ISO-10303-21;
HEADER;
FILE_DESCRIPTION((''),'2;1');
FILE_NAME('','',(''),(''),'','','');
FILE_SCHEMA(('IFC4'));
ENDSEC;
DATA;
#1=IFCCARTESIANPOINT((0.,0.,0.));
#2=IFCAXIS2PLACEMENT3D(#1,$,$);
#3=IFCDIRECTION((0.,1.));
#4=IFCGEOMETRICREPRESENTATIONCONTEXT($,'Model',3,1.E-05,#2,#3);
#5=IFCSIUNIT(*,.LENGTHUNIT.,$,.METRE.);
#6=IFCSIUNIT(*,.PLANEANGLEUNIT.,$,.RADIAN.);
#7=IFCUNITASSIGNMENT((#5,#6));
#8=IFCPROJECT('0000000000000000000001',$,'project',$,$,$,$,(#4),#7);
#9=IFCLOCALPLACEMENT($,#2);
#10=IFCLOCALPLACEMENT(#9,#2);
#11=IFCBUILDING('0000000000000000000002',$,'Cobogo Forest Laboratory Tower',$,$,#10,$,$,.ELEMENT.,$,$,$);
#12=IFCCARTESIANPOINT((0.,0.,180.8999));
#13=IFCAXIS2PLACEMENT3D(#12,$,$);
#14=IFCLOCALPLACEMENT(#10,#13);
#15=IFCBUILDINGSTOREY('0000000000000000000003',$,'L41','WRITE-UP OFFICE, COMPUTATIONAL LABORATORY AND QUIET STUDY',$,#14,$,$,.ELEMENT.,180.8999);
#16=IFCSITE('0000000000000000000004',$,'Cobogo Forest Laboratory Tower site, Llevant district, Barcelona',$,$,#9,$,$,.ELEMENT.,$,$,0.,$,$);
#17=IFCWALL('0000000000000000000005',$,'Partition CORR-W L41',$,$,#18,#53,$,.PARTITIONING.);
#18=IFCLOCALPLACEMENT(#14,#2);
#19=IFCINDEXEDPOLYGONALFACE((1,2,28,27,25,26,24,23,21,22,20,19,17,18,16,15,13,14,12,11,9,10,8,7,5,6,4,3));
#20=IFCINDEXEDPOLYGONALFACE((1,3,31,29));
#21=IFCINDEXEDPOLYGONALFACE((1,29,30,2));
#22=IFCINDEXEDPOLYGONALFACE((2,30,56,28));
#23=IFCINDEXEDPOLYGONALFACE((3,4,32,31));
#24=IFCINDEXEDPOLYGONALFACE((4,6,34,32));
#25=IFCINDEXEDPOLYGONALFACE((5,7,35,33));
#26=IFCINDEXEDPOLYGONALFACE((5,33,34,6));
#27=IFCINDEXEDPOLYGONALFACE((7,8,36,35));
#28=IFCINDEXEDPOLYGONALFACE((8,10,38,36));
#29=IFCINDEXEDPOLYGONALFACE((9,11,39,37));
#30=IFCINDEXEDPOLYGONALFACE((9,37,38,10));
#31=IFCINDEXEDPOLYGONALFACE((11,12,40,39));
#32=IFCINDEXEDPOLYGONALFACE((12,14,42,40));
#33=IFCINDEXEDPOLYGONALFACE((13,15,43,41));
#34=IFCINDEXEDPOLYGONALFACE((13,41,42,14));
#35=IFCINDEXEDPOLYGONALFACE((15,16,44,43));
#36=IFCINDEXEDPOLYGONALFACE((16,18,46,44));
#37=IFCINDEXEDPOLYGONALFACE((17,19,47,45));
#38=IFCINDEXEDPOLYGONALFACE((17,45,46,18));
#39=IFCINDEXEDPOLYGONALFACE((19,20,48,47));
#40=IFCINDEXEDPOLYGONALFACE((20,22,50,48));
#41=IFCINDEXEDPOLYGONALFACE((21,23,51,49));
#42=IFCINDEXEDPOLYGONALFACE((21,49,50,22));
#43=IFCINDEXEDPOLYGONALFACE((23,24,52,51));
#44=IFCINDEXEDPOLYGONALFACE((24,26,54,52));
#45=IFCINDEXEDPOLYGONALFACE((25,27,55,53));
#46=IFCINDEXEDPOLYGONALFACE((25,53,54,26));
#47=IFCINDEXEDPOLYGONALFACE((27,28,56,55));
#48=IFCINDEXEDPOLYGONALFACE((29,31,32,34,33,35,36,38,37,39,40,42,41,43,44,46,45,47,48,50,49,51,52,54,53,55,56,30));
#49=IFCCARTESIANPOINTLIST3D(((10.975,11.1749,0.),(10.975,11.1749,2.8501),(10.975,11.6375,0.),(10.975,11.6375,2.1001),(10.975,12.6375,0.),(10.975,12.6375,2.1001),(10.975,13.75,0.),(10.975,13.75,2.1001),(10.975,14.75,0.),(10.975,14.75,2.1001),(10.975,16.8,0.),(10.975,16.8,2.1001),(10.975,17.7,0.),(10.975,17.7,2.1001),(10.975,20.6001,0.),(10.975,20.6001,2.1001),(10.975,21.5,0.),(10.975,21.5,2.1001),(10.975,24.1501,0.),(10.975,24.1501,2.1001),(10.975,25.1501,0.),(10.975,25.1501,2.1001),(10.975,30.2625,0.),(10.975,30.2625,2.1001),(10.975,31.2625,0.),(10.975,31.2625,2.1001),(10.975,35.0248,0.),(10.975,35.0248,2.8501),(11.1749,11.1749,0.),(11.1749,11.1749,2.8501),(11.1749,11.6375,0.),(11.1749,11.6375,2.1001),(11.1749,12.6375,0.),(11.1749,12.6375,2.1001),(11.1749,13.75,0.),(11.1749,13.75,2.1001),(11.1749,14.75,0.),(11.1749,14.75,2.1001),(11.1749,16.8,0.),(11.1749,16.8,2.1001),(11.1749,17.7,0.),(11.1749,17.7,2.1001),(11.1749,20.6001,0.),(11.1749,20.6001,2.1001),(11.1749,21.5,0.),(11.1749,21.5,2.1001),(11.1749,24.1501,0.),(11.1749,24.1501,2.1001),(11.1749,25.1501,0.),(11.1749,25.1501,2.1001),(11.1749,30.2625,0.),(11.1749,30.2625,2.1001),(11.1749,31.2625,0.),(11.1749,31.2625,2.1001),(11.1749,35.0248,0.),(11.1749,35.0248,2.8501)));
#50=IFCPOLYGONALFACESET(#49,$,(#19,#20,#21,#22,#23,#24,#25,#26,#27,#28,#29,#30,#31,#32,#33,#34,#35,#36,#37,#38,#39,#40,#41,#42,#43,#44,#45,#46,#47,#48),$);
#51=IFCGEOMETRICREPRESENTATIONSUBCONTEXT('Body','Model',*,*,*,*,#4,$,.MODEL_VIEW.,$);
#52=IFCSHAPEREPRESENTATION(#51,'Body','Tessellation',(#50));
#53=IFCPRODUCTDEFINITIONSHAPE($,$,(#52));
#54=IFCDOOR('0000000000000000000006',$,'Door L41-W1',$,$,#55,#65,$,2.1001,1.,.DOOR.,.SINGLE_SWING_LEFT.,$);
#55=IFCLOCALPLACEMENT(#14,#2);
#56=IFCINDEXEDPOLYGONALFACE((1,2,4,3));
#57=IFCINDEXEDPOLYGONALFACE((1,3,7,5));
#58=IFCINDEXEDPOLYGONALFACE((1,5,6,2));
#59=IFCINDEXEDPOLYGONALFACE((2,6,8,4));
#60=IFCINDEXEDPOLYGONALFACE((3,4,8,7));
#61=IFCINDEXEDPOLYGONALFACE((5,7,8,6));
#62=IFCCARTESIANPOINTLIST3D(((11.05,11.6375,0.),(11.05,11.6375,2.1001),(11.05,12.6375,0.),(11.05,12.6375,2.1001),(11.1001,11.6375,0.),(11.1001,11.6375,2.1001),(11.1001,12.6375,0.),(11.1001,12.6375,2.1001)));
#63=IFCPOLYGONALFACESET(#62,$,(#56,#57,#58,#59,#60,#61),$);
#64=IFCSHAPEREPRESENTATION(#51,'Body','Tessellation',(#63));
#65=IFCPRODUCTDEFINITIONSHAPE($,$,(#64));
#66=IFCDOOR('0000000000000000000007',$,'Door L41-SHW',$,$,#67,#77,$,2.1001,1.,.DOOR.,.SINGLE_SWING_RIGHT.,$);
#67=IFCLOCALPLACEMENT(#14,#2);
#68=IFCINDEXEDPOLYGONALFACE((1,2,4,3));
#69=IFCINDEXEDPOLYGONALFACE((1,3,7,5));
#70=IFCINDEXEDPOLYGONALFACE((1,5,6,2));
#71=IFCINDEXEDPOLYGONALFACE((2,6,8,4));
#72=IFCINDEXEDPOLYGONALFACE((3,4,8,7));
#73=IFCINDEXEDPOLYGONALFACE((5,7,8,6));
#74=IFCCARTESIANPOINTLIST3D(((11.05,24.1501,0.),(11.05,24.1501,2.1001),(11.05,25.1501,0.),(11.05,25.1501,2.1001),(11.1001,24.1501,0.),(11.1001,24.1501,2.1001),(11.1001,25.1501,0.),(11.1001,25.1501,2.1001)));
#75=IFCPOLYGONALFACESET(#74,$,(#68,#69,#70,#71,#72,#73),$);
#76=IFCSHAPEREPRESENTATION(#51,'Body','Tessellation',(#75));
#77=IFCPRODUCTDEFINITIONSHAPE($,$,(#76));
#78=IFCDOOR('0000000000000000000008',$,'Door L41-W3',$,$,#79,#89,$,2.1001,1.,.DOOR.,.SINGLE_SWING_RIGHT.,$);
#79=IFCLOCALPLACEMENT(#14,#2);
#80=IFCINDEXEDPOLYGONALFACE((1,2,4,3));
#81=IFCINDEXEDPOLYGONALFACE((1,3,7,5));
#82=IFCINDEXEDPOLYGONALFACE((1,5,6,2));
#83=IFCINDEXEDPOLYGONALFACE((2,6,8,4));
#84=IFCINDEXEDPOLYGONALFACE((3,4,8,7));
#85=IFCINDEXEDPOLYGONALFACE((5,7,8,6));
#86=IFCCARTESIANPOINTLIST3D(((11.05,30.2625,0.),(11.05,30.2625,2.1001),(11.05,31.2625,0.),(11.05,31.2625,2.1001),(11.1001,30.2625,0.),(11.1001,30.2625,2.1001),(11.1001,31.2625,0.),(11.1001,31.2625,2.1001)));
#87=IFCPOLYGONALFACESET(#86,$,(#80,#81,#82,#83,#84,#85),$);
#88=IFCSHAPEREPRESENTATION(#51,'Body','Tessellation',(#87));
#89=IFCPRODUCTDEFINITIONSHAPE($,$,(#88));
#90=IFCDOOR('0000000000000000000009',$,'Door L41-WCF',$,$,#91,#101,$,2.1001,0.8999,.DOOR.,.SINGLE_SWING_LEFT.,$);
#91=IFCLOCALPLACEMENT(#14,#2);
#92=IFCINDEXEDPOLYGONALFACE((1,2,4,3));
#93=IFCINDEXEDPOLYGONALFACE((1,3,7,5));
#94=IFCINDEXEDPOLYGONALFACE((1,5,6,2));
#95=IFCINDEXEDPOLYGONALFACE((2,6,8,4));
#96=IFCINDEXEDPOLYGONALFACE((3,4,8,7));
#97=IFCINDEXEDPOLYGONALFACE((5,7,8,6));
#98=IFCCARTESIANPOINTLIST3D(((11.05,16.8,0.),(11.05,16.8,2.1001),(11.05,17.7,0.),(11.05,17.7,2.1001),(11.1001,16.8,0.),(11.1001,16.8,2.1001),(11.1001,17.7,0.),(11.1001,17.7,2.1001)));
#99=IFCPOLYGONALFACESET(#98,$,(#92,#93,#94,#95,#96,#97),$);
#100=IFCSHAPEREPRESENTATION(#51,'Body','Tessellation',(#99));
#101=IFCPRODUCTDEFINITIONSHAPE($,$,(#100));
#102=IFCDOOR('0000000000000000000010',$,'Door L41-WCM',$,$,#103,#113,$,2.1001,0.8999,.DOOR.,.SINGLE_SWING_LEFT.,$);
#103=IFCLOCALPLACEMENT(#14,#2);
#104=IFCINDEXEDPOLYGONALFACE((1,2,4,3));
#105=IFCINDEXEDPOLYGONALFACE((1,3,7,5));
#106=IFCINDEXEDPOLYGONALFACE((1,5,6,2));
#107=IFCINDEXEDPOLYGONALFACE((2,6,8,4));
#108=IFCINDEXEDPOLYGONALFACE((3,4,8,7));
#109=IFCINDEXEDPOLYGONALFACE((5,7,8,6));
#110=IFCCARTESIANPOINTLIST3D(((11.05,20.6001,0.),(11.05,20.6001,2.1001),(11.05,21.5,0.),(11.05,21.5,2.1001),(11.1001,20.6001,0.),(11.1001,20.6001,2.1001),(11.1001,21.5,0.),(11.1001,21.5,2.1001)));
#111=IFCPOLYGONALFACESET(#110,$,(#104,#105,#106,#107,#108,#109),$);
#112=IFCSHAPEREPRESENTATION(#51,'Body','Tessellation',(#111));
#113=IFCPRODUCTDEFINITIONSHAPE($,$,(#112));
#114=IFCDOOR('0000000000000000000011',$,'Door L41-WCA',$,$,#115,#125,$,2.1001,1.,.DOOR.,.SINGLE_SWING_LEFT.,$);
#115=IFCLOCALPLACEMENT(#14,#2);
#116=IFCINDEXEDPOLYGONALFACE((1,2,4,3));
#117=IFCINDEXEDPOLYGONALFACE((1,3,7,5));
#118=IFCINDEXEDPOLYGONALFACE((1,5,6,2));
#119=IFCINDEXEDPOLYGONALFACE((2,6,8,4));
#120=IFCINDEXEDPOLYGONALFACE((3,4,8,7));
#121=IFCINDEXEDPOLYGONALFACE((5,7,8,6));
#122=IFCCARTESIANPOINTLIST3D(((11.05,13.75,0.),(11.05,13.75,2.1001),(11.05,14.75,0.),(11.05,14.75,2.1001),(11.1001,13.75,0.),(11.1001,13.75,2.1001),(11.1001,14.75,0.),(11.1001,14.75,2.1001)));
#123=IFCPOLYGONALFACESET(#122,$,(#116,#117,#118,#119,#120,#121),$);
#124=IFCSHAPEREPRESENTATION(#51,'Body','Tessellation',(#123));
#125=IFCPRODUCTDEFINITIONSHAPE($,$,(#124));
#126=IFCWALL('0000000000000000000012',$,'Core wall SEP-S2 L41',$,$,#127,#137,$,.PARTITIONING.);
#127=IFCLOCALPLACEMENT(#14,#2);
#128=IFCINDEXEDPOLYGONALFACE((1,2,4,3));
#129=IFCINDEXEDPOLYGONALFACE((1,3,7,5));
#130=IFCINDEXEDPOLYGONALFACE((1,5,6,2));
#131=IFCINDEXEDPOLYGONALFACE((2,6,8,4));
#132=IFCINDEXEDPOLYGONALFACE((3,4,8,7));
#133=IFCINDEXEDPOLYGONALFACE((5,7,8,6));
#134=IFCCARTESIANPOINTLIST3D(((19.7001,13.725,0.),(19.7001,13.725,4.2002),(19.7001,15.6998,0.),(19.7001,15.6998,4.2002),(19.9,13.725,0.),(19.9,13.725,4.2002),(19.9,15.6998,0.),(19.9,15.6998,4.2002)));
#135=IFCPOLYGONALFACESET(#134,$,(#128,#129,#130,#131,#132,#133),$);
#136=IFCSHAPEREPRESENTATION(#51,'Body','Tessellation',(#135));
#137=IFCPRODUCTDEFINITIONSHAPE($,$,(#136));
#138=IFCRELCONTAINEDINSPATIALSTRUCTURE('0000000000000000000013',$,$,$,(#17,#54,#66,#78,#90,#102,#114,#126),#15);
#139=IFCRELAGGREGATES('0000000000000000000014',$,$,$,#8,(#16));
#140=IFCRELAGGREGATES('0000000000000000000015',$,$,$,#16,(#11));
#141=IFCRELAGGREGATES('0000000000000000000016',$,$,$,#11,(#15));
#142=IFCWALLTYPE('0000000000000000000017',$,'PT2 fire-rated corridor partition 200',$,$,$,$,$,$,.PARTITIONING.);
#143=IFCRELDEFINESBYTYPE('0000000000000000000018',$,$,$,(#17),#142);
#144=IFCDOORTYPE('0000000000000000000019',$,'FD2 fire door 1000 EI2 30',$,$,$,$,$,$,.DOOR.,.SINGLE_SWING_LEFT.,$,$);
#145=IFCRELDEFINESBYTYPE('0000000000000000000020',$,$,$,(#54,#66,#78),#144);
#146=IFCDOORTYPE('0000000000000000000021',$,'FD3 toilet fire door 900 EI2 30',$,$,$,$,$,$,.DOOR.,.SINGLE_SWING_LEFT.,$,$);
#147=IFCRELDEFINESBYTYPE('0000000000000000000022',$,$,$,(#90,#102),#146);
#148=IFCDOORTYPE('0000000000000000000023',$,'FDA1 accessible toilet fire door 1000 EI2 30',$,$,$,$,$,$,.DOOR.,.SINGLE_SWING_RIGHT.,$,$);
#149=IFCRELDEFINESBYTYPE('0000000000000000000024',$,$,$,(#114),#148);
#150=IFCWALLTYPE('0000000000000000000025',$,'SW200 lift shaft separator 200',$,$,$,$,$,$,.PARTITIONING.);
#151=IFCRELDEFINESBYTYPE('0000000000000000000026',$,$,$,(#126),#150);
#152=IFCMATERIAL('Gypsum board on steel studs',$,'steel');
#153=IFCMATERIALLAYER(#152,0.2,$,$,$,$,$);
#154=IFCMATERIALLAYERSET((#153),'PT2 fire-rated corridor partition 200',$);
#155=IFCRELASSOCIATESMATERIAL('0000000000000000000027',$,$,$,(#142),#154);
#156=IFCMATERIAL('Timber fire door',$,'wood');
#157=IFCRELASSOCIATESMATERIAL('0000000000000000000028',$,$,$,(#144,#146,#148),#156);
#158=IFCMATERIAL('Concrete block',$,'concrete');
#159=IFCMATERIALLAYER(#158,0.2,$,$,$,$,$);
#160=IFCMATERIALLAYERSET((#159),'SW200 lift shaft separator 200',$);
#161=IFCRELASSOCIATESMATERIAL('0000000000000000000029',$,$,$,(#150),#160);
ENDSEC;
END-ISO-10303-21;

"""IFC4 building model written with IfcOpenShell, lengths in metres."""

from ifc_helpers import new_model, si_unit, direction, frame, frame_2d, origin, place, context, subcontext, project, spatial, rectangle, extrude, material, layer, layer_set, type_object, element, fill, save


model = new_model("IFC4")

# Units and contexts
model_context = context("Model", 3, precision=1e-05, world=origin(), true_north=direction((0.0, 1.0)))
body_context = subcontext(model_context, "Body", "Model", "MODEL_VIEW")
ifc_project = project(units=[si_unit("LENGTHUNIT", "METRE"), si_unit("PLANEANGLEUNIT", "RADIAN")], contexts=[model_context])

# Site, building, storey
site_placement = place(None, origin())
site = spatial("IfcSite", under=ifc_project, at=site_placement, Name="Cobogo Forest Laboratory Tower site, Llevant district, Barcelona", CompositionType="ELEMENT", RefElevation=0.0)
building_placement = place(site_placement, origin())
building = spatial("IfcBuilding", under=site, at=building_placement, Name="Cobogo Forest Laboratory Tower", CompositionType="ELEMENT")
storey_placement = place(building_placement, frame((0.0, 0.0, 180.8999)))
storey = spatial("IfcBuildingStorey", under=building, at=storey_placement, Name="L41", Description="WRITE-UP OFFICE, COMPUTATIONAL LABORATORY AND QUIET STUDY", CompositionType="ELEMENT", Elevation=180.8999)

# Shared definitions
ifc_material_1 = material(Name="Gypsum board on steel studs", Category="steel")

# Wall, openings, doors
ifc_layer_1 = layer(ifc_material_1, 0.2)
ifc_layer_set_1 = layer_set([ifc_layer_1], Name="PT2 fire-rated corridor partition 200")
wall_type_1 = type_object("IfcWallType", Name="PT2 fire-rated corridor partition 200", PredefinedType="PARTITIONING", material=ifc_layer_set_1)
ifc_material_2 = material(Name="Timber fire door", Category="wood")
door_type_1 = type_object("IfcDoorType", Name="FD2 fire door 1000 EI2 30", OperationType="SINGLE_SWING_LEFT", PredefinedType="DOOR", material=ifc_material_2)
wall_1_placement = place(storey_placement, frame((11.075, 11.175, 0.0), z_axis=(0.0, 0.0, 1.0), x_axis=(0.0, 1.0, 0.0)))
wall_1 = element("IfcWall", 1, at=wall_1_placement, inside=storey, type_object=wall_type_1, Name="Partition CORR-W L41", PredefinedType="PARTITIONING", context=body_context, shape_type="SweptSolid", body=[
    extrude(rectangle(XDim=23.8499, YDim=0.2, at=frame_2d((11.9248, 0.0))), origin(), (0.0, 0.0, 1.0), 2.8501),
])
opening_1_placement = place(wall_1_placement, frame((0.4624, 0.0, 0.0)))
opening_1 = element("IfcOpeningElement", 2, at=opening_1_placement, cuts=wall_1, PredefinedType="OPENING", context=body_context, shape_type="SweptSolid", body=[
    extrude(rectangle(XDim=1.0, YDim=2.1001, at=frame_2d((0.5, 1.05))), frame((0.0, 0.1099, 0.0), z_axis=(0.0, -1.0, 0.0), x_axis=(1.0, 0.0, 0.0)), (0.0, 0.0, 1.0), 0.22),
])
opening_2_placement = place(wall_1_placement, frame((2.575, 0.0, 0.0)))
opening_2 = element("IfcOpeningElement", 3, at=opening_2_placement, cuts=wall_1, PredefinedType="OPENING", context=body_context, shape_type="SweptSolid", body=[
    extrude(rectangle(XDim=1.0, YDim=2.1001, at=frame_2d((0.5, 1.05))), frame((0.0, 0.1099, 0.0), z_axis=(0.0, -1.0, 0.0), x_axis=(1.0, 0.0, 0.0)), (0.0, 0.0, 1.0), 0.22),
])
opening_3_placement = place(wall_1_placement, frame((5.625, 0.0, 0.0)))
opening_3 = element("IfcOpeningElement", 4, at=opening_3_placement, cuts=wall_1, PredefinedType="OPENING", context=body_context, shape_type="SweptSolid", body=[
    extrude(rectangle(XDim=0.8999, YDim=2.1001, at=frame_2d((0.45, 1.05))), frame((0.0, 0.1099, 0.0), z_axis=(0.0, -1.0, 0.0), x_axis=(1.0, 0.0, 0.0)), (0.0, 0.0, 1.0), 0.22),
])
opening_4_placement = place(wall_1_placement, frame((9.425, 0.0, 0.0)))
opening_4 = element("IfcOpeningElement", 5, at=opening_4_placement, cuts=wall_1, PredefinedType="OPENING", context=body_context, shape_type="SweptSolid", body=[
    extrude(rectangle(XDim=0.8999, YDim=2.1001, at=frame_2d((0.45, 1.05))), frame((0.0, 0.1099, 0.0), z_axis=(0.0, -1.0, 0.0), x_axis=(1.0, 0.0, 0.0)), (0.0, 0.0, 1.0), 0.22),
])
opening_5_placement = place(wall_1_placement, frame((12.9751, 0.0, 0.0)))
opening_5 = element("IfcOpeningElement", 6, at=opening_5_placement, cuts=wall_1, PredefinedType="OPENING", context=body_context, shape_type="SweptSolid", body=[
    extrude(rectangle(XDim=1.0, YDim=2.1001, at=frame_2d((0.5, 1.05))), frame((0.0, 0.1099, 0.0), z_axis=(0.0, -1.0, 0.0), x_axis=(1.0, 0.0, 0.0)), (0.0, 0.0, 1.0), 0.22),
])
opening_6_placement = place(wall_1_placement, frame((19.0874, 0.0, 0.0)))
opening_6 = element("IfcOpeningElement", 7, at=opening_6_placement, cuts=wall_1, PredefinedType="OPENING", context=body_context, shape_type="SweptSolid", body=[
    extrude(rectangle(XDim=1.0, YDim=2.1001, at=frame_2d((0.5, 1.05))), frame((0.0, 0.1099, 0.0), z_axis=(0.0, -1.0, 0.0), x_axis=(1.0, 0.0, 0.0)), (0.0, 0.0, 1.0), 0.22),
])
door_1_placement = place(opening_1_placement, origin())
door_1 = element("IfcDoor", 8, at=door_1_placement, inside=storey, type_object=door_type_1, Name="Door L41-W1", OperationType="SINGLE_SWING_LEFT", OverallHeight=2.1001, OverallWidth=1.0, PredefinedType="DOOR", context=body_context, shape_type="SweptSolid", body=[
    extrude(rectangle(XDim=1.0, YDim=2.1001, at=frame_2d((0.5, 1.05))), frame((0.0, 0.0249, 0.0), z_axis=(0.0, -1.0, 0.0), x_axis=(1.0, 0.0, 0.0)), (0.0, 0.0, 1.0), 0.05),
])
fill(opening_1, door_1)
door_2_placement = place(opening_5_placement, origin())
door_2 = element("IfcDoor", 9, at=door_2_placement, inside=storey, type_object=door_type_1, Name="Door L41-SHW", OperationType="SINGLE_SWING_RIGHT", OverallHeight=2.1001, OverallWidth=1.0, PredefinedType="DOOR", context=body_context, shape_type="SweptSolid", body=[
    extrude(rectangle(XDim=1.0, YDim=2.1001, at=frame_2d((0.5, 1.05))), frame((0.0, 0.0249, 0.0), z_axis=(0.0, -1.0, 0.0), x_axis=(1.0, 0.0, 0.0)), (0.0, 0.0, 1.0), 0.05),
])
fill(opening_5, door_2)
door_3_placement = place(opening_6_placement, origin())
door_3 = element("IfcDoor", 10, at=door_3_placement, inside=storey, type_object=door_type_1, Name="Door L41-W3", OperationType="SINGLE_SWING_RIGHT", OverallHeight=2.1001, OverallWidth=1.0, PredefinedType="DOOR", context=body_context, shape_type="SweptSolid", body=[
    extrude(rectangle(XDim=1.0, YDim=2.1001, at=frame_2d((0.5, 1.05))), frame((0.0, 0.0249, 0.0), z_axis=(0.0, -1.0, 0.0), x_axis=(1.0, 0.0, 0.0)), (0.0, 0.0, 1.0), 0.05),
])
fill(opening_6, door_3)
door_type_2 = type_object("IfcDoorType", Name="FD3 toilet fire door 900 EI2 30", OperationType="SINGLE_SWING_LEFT", PredefinedType="DOOR", material=ifc_material_2)
door_4_placement = place(opening_3_placement, origin())
door_4 = element("IfcDoor", 11, at=door_4_placement, inside=storey, type_object=door_type_2, Name="Door L41-WCF", OperationType="SINGLE_SWING_LEFT", OverallHeight=2.1001, OverallWidth=0.8999, PredefinedType="DOOR", context=body_context, shape_type="SweptSolid", body=[
    extrude(rectangle(XDim=0.8999, YDim=2.1001, at=frame_2d((0.45, 1.05))), frame((0.0, 0.0249, 0.0), z_axis=(0.0, -1.0, 0.0), x_axis=(1.0, 0.0, 0.0)), (0.0, 0.0, 1.0), 0.05),
])
fill(opening_3, door_4)
door_5_placement = place(opening_4_placement, origin())
door_5 = element("IfcDoor", 12, at=door_5_placement, inside=storey, type_object=door_type_2, Name="Door L41-WCM", OperationType="SINGLE_SWING_LEFT", OverallHeight=2.1001, OverallWidth=0.8999, PredefinedType="DOOR", context=body_context, shape_type="SweptSolid", body=[
    extrude(rectangle(XDim=0.8999, YDim=2.1001, at=frame_2d((0.45, 1.05))), frame((0.0, 0.0249, 0.0), z_axis=(0.0, -1.0, 0.0), x_axis=(1.0, 0.0, 0.0)), (0.0, 0.0, 1.0), 0.05),
])
fill(opening_4, door_5)
door_type_3 = type_object("IfcDoorType", Name="FDA1 accessible toilet fire door 1000 EI2 30", OperationType="SINGLE_SWING_RIGHT", PredefinedType="DOOR", material=ifc_material_2)
door_6_placement = place(opening_2_placement, origin())
door_6 = element("IfcDoor", 13, at=door_6_placement, inside=storey, type_object=door_type_3, Name="Door L41-WCA", OperationType="SINGLE_SWING_LEFT", OverallHeight=2.1001, OverallWidth=1.0, PredefinedType="DOOR", context=body_context, shape_type="SweptSolid", body=[
    extrude(rectangle(XDim=1.0, YDim=2.1001, at=frame_2d((0.5, 1.05))), frame((0.0, 0.0249, 0.0), z_axis=(0.0, -1.0, 0.0), x_axis=(1.0, 0.0, 0.0)), (0.0, 0.0, 1.0), 0.05),
])
fill(opening_2, door_6)

# Wall
ifc_material_3 = material(Name="Concrete block", Category="concrete")
ifc_layer_2 = layer(ifc_material_3, 0.2)
ifc_layer_set_2 = layer_set([ifc_layer_2], Name="SW200 lift shaft separator 200")
wall_type_2 = type_object("IfcWallType", Name="SW200 lift shaft separator 200", PredefinedType="PARTITIONING", material=ifc_layer_set_2)
wall_2_placement = place(storey_placement, frame((19.8, 13.7251, 0.0), z_axis=(0.0, 0.0, 1.0), x_axis=(0.0, 1.0, 0.0)))
element("IfcWall", 14, at=wall_2_placement, inside=storey, type_object=wall_type_2, Name="Core wall SEP-S2 L41", PredefinedType="PARTITIONING", context=body_context, shape_type="SweptSolid", body=[
    extrude(rectangle(XDim=1.9749, YDim=0.2, at=frame_2d((0.9873, 0.0))), origin(), (0.0, 0.0, 1.0), 4.2002),
])

save(model, "model.ifc")
